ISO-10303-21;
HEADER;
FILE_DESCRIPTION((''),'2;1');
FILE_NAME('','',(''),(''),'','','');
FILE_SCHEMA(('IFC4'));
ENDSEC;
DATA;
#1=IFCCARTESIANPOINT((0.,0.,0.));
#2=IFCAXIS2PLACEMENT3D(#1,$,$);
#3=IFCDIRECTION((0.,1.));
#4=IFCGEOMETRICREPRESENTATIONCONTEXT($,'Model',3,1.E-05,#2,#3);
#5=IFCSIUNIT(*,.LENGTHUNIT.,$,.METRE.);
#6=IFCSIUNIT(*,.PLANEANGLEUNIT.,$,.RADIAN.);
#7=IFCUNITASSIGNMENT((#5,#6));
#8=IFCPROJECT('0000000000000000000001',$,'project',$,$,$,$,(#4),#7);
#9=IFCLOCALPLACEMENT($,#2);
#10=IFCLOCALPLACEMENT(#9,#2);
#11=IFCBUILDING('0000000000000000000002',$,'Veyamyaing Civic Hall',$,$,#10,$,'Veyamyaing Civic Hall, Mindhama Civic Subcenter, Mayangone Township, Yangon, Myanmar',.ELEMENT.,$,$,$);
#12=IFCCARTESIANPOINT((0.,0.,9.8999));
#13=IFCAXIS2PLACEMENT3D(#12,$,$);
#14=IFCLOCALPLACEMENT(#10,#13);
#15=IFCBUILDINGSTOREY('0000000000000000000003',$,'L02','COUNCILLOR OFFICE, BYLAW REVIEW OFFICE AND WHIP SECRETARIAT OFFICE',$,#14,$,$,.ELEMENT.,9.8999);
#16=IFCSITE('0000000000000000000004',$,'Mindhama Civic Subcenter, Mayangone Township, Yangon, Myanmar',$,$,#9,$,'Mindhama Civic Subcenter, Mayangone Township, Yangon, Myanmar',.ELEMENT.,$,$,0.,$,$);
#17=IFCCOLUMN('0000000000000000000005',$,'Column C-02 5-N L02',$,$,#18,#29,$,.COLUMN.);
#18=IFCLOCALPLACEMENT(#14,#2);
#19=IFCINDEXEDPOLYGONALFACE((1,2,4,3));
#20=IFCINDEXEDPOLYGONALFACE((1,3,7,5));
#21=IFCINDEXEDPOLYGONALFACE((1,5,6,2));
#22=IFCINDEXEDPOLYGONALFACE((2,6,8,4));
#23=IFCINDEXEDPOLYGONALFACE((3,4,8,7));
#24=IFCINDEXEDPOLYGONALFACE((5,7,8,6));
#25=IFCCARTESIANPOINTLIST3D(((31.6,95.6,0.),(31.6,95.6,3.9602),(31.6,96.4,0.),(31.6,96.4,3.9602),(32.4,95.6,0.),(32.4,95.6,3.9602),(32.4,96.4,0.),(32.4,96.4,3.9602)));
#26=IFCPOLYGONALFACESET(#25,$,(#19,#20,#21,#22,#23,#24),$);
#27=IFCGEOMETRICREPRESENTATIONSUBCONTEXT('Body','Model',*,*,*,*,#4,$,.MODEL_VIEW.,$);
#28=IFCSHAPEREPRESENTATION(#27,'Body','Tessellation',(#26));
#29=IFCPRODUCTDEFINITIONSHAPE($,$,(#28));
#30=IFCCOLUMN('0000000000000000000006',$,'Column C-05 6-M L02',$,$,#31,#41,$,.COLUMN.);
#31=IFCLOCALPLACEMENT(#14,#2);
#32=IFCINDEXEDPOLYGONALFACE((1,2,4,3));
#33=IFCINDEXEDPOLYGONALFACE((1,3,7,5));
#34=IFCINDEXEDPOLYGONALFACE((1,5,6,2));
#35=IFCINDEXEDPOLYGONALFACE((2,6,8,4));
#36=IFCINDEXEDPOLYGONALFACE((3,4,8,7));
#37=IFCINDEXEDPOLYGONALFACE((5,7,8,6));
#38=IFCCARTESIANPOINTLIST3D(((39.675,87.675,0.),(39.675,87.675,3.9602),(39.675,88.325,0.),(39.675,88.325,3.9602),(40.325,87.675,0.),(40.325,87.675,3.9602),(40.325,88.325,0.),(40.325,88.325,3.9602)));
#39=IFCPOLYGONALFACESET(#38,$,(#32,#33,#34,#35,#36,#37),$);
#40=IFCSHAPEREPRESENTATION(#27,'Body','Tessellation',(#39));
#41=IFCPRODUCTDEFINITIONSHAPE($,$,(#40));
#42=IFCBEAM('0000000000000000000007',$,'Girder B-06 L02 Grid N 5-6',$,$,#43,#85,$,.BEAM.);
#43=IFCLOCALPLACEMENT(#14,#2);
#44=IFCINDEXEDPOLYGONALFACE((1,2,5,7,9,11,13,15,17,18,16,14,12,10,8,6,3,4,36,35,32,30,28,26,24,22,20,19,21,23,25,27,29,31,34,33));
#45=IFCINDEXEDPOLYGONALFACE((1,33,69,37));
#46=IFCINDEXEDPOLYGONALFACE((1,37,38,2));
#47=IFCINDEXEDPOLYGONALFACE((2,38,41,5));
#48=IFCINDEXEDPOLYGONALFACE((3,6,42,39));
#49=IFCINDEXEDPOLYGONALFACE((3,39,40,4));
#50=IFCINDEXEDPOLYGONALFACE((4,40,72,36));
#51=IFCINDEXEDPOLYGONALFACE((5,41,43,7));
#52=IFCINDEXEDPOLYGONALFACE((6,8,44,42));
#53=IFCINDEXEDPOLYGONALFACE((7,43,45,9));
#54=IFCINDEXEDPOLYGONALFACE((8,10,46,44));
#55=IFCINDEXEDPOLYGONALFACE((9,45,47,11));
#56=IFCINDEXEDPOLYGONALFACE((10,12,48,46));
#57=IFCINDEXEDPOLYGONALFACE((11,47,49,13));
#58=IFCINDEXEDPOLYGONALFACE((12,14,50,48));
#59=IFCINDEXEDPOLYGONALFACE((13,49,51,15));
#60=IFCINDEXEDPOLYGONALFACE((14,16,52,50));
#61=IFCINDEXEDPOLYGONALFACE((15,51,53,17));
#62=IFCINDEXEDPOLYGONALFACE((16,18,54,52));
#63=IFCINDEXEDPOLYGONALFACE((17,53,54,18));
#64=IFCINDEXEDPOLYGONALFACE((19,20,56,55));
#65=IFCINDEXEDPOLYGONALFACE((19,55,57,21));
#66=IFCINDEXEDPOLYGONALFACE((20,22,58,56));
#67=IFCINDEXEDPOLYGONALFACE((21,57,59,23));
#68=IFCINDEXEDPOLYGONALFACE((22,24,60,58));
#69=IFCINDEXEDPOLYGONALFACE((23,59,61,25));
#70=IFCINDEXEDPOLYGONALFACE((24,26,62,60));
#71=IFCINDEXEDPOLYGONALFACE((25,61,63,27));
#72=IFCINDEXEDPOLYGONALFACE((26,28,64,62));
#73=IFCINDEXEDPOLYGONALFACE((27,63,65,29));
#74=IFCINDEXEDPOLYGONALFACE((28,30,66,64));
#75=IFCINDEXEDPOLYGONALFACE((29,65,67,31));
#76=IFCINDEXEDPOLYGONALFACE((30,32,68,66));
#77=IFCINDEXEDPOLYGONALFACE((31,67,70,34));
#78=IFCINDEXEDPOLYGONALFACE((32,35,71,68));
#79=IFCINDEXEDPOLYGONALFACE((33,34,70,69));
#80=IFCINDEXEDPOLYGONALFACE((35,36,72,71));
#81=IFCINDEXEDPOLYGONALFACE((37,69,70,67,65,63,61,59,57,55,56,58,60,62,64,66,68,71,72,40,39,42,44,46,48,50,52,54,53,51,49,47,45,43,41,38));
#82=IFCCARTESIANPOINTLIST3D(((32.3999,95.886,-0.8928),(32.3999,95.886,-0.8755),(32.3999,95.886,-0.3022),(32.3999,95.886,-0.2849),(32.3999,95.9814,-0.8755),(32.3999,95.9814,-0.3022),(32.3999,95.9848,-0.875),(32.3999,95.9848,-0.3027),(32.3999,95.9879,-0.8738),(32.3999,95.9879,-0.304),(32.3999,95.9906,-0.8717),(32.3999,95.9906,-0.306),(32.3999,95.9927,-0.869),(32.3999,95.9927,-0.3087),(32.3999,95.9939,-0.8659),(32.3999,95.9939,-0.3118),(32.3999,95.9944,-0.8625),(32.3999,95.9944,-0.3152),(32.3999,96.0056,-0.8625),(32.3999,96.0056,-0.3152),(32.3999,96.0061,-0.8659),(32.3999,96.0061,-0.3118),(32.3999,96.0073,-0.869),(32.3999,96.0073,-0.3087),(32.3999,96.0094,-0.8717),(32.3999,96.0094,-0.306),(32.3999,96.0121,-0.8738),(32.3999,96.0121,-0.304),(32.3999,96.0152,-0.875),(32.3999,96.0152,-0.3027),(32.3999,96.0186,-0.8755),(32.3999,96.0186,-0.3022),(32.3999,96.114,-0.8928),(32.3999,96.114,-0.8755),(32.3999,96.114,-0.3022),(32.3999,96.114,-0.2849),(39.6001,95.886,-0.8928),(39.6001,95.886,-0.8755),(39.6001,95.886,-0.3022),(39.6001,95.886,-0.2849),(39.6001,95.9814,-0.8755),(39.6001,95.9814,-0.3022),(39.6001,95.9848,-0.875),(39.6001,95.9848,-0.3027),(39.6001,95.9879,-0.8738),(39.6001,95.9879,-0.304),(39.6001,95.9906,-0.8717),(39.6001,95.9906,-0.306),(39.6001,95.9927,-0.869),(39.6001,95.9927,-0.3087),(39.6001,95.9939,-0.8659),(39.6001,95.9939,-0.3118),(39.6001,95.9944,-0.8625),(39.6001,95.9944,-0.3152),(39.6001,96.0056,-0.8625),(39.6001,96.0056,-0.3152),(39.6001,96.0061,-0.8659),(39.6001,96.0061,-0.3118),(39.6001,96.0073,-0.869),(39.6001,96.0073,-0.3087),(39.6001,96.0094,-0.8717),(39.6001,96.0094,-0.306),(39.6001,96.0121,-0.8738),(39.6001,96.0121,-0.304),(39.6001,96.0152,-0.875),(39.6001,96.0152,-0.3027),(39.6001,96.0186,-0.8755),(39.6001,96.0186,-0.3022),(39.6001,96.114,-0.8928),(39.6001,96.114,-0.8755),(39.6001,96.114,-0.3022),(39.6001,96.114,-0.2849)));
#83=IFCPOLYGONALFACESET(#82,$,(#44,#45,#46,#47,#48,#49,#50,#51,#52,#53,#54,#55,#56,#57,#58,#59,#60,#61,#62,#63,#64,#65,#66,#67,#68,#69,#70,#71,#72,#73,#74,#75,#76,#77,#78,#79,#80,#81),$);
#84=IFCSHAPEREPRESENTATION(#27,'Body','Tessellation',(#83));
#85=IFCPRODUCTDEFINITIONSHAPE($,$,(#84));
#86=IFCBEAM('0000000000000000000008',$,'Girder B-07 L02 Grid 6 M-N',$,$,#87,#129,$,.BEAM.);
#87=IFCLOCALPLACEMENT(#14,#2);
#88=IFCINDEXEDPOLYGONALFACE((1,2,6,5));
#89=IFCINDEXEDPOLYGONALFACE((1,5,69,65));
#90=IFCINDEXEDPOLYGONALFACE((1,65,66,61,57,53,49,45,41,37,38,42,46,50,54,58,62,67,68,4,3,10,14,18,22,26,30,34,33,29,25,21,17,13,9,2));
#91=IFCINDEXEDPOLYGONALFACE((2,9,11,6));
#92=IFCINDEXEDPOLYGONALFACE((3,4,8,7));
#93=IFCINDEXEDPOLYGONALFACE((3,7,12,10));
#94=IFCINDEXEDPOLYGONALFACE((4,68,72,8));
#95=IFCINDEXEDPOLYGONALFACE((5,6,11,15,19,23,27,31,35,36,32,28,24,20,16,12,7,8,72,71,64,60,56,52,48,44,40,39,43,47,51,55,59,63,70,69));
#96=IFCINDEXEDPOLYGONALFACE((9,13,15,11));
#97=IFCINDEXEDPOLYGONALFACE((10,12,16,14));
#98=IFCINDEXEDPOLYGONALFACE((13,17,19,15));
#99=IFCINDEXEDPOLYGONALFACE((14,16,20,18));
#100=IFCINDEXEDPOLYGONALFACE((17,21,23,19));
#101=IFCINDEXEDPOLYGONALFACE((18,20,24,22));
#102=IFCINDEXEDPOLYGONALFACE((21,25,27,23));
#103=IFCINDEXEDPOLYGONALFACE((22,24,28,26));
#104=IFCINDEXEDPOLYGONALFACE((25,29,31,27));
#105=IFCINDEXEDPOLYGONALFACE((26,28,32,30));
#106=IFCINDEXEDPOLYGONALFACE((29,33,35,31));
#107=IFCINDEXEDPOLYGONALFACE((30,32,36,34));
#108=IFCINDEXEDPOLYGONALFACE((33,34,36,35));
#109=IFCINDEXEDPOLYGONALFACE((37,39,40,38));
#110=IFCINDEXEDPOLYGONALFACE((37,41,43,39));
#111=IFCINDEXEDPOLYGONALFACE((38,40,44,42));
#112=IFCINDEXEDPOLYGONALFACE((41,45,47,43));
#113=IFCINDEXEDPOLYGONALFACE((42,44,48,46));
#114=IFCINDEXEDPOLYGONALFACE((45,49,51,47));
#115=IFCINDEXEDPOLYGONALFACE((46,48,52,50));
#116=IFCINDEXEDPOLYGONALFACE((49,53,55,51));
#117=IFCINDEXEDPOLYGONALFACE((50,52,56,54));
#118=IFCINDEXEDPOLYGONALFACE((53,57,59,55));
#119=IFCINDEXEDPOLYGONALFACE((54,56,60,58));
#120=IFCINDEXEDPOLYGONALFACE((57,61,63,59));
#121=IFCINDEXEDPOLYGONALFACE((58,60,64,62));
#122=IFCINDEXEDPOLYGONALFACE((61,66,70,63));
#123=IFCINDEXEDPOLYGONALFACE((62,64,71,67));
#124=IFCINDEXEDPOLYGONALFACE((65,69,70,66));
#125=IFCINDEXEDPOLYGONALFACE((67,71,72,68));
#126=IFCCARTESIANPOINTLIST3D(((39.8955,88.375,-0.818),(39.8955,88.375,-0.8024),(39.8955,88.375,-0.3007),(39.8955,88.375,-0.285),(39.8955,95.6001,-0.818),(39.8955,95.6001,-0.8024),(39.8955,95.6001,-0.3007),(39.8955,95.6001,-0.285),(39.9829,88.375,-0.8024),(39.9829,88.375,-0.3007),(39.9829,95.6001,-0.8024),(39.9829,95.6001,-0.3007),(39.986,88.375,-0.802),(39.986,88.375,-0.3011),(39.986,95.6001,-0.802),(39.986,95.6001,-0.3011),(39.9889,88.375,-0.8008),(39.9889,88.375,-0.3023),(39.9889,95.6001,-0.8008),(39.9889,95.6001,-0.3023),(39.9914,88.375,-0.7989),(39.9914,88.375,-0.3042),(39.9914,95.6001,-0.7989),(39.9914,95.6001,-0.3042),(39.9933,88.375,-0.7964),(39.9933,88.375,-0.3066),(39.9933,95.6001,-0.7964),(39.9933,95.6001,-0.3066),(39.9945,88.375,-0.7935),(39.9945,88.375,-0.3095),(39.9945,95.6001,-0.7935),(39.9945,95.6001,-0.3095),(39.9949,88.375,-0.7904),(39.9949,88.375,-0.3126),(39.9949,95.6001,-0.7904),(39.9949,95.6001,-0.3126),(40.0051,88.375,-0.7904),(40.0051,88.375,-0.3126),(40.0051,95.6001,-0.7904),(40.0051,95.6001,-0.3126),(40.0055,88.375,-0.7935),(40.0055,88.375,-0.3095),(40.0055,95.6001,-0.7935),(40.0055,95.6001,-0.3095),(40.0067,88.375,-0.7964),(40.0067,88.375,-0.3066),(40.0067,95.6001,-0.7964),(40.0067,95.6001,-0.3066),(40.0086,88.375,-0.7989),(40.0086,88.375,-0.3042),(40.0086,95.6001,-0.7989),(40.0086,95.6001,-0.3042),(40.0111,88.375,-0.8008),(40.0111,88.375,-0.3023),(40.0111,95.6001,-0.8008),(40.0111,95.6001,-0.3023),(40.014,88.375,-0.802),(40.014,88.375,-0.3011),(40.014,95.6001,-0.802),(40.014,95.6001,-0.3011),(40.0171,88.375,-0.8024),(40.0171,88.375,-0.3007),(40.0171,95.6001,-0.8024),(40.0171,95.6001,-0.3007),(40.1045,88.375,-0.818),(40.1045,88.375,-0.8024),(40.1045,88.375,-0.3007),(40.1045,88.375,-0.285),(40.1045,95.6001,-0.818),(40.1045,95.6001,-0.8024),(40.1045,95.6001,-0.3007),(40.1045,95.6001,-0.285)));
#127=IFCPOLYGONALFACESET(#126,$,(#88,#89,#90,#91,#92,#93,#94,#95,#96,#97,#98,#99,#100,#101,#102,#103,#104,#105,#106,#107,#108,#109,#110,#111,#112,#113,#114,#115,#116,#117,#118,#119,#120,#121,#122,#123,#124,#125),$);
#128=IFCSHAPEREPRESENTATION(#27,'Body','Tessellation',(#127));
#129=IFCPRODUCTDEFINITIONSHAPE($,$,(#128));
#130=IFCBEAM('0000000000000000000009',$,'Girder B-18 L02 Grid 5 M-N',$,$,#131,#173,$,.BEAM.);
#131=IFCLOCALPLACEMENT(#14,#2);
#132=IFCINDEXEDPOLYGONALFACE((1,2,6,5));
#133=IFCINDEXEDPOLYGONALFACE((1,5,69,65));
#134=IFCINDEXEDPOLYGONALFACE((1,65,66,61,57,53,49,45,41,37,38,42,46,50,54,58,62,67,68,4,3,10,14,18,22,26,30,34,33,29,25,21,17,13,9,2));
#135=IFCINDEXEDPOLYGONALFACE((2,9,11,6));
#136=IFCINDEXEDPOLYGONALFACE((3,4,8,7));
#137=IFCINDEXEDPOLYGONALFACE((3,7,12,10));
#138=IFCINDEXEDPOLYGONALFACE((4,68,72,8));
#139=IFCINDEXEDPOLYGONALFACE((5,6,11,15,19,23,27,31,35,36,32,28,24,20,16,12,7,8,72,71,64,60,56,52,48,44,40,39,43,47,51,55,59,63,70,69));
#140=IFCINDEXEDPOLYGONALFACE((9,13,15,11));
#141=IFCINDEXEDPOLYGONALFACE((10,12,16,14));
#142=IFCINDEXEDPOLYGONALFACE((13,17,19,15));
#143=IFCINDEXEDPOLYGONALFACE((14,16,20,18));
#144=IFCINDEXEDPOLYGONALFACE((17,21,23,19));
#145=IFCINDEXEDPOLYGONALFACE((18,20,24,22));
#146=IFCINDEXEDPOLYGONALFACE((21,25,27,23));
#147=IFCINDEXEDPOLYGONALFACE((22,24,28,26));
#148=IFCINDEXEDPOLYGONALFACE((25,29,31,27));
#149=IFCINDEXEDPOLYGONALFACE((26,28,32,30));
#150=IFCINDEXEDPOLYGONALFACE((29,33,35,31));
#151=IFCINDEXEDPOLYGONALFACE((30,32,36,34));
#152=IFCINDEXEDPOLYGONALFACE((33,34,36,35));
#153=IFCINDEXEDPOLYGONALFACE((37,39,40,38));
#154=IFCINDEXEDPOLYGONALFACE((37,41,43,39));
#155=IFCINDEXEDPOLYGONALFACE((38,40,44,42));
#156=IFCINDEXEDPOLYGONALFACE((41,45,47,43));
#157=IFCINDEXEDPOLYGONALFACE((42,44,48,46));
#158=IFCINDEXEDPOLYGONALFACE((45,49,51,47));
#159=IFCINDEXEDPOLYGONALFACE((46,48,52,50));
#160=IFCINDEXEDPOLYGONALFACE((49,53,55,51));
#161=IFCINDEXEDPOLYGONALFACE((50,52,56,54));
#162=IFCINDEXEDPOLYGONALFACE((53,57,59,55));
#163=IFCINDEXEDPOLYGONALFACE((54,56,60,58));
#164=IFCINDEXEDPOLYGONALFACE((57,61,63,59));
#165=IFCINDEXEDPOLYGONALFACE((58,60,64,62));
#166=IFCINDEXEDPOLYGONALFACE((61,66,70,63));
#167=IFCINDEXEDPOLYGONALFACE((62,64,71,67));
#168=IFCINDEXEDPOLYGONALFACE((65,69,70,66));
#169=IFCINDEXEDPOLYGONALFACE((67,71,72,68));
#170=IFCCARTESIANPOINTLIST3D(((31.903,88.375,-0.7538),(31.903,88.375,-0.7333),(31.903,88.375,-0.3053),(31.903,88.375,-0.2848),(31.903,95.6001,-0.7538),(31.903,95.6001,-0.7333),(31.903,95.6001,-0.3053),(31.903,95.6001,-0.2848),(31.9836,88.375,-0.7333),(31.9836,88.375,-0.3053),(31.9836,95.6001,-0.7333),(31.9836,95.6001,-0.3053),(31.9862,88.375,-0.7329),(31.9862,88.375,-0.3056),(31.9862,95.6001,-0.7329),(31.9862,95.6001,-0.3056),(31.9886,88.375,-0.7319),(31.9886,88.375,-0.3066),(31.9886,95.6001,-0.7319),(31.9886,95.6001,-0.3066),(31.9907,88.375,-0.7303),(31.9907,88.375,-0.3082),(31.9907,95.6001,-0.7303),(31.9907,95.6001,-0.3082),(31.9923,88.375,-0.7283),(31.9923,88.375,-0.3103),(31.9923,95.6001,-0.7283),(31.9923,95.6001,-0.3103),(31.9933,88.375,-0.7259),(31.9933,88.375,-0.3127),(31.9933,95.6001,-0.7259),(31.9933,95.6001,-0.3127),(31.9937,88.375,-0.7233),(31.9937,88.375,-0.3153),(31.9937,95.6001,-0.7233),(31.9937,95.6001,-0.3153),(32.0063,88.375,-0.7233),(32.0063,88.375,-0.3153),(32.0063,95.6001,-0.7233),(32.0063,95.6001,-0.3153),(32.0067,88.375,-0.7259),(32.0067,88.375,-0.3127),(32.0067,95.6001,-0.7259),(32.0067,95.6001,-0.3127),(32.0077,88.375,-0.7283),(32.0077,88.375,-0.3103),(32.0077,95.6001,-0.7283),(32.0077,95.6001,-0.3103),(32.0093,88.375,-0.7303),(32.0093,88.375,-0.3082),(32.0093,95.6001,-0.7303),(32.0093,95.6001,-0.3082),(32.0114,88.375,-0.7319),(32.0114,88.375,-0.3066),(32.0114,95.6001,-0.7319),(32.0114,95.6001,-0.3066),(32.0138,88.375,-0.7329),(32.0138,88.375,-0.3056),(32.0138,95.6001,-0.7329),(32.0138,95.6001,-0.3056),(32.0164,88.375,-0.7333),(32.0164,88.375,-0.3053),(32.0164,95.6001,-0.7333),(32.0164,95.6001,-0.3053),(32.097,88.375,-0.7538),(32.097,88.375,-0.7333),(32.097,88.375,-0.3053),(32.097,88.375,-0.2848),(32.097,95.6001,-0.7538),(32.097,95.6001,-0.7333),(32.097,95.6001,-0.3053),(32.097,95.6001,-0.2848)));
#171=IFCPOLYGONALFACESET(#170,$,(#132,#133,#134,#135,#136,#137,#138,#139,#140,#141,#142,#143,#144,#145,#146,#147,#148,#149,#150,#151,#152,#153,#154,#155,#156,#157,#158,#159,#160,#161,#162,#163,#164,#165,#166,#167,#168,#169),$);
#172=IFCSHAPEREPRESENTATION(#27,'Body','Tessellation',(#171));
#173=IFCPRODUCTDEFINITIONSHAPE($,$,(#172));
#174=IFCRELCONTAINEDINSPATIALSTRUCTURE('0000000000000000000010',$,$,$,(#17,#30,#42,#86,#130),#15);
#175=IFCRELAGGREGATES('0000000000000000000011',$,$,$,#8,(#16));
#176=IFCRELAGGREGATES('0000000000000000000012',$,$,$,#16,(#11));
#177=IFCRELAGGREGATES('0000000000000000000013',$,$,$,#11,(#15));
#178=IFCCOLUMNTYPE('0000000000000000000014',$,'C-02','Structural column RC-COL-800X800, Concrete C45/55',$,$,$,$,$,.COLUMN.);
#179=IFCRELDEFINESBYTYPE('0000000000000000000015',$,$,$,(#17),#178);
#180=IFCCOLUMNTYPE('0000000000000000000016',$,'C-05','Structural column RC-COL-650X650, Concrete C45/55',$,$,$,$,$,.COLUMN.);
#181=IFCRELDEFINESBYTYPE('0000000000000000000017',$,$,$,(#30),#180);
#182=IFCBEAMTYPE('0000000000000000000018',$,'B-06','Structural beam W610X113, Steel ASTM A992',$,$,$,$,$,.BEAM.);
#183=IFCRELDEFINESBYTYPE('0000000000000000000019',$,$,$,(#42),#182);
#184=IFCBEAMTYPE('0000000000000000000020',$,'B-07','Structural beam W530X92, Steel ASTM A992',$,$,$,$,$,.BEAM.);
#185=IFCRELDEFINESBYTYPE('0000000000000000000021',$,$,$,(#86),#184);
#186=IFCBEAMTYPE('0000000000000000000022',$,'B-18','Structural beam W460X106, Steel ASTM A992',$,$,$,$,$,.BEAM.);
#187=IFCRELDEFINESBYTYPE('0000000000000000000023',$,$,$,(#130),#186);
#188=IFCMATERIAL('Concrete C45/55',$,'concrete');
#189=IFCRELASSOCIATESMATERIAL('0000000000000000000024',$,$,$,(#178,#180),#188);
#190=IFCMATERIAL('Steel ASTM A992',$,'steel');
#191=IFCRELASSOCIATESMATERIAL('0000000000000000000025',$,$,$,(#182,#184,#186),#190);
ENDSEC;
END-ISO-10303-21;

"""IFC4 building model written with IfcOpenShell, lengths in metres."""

from ifc_helpers import new_model, si_unit, direction, frame, origin, origin_2d, place, context, subcontext, project, spatial, rectangle, i_section, extrude, material, material_profile, profile_set, type_object, element, save


model = new_model("IFC4")

# Units and contexts
model_context = context("Model", 3, precision=1e-05, world=origin(), true_north=direction((0.0, 1.0)))
body_context = subcontext(model_context, "Body", "Model", "MODEL_VIEW")
ifc_project = project(units=[si_unit("LENGTHUNIT", "METRE"), si_unit("PLANEANGLEUNIT", "RADIAN")], contexts=[model_context])

# Site, building, storey
site_placement = place(None, origin())
site = spatial("IfcSite", under=ifc_project, at=site_placement, Name="Mindhama Civic Subcenter, Mayangone Township, Yangon, Myanmar", LongName="Mindhama Civic Subcenter, Mayangone Township, Yangon, Myanmar", CompositionType="ELEMENT", RefElevation=0.0)
building_placement = place(site_placement, origin())
building = spatial("IfcBuilding", under=site, at=building_placement, Name="Veyamyaing Civic Hall", LongName="Veyamyaing Civic Hall, Mindhama Civic Subcenter, Mayangone Township, Yangon, Myanmar", CompositionType="ELEMENT")
storey_placement = place(building_placement, frame((0.0, 0.0, 9.8999)))
storey = spatial("IfcBuildingStorey", under=building, at=storey_placement, Name="L02", Description="COUNCILLOR OFFICE, BYLAW REVIEW OFFICE AND WHIP SECRETARIAT OFFICE", CompositionType="ELEMENT", Elevation=9.8999)

# Columns
ifc_material_1 = material(Name="Concrete C45/55", Category="concrete")
ifc_material_profile_1 = material_profile(ifc_material_1, rectangle(XDim=0.8, YDim=0.8, at=origin_2d()), Name="RC-COL-800X800")
ifc_profile_set_1 = profile_set([ifc_material_profile_1], Name="Concrete C45/55")
column_type_1 = type_object("IfcColumnType", Name="C-02", Description="Structural column RC-COL-800X800, Concrete C45/55", PredefinedType="COLUMN", material=ifc_profile_set_1)
column_1_placement = place(storey_placement, frame((32.0, 96.0, 0.0), z_axis=(0.0, 0.0, 1.0), x_axis=(1.0, 0.0, 0.0)))
element("IfcColumn", 1, at=column_1_placement, inside=storey, type_object=column_type_1, Name="Column C-02 5-N L02", PredefinedType="COLUMN", context=body_context, shape_type="SweptSolid", body=[
    extrude(rectangle(XDim=0.8, YDim=0.8, at=origin_2d()), origin(), (0.0, 0.0, 1.0), 3.9602),
])
ifc_material_profile_2 = material_profile(ifc_material_1, rectangle(XDim=0.6499, YDim=0.6499, at=origin_2d()), Name="RC-COL-650X650")
ifc_profile_set_2 = profile_set([ifc_material_profile_2], Name="Concrete C45/55")
column_type_2 = type_object("IfcColumnType", Name="C-05", Description="Structural column RC-COL-650X650, Concrete C45/55", PredefinedType="COLUMN", material=ifc_profile_set_2)
column_2_placement = place(storey_placement, frame((40.0, 88.0, 0.0), z_axis=(0.0, 0.0, 1.0), x_axis=(1.0, 0.0, 0.0)))
element("IfcColumn", 2, at=column_2_placement, inside=storey, type_object=column_type_2, Name="Column C-05 6-M L02", PredefinedType="COLUMN", context=body_context, shape_type="SweptSolid", body=[
    extrude(rectangle(XDim=0.6499, YDim=0.6499, at=origin_2d()), origin(), (0.0, 0.0, 1.0), 3.9602),
])

# Beams
ifc_material_2 = material(Name="Steel ASTM A992", Category="steel")
ifc_material_profile_3 = material_profile(ifc_material_2, i_section(OverallWidth=0.228, OverallDepth=0.6079, WebThickness=0.0112, FlangeThickness=0.0173, FilletRadius=0.0129, at=origin_2d()), Name="W610X113")
ifc_profile_set_3 = profile_set([ifc_material_profile_3], Name="Steel ASTM A992")
beam_type_1 = type_object("IfcBeamType", Name="B-06", Description="Structural beam W610X113, Steel ASTM A992", PredefinedType="BEAM", material=ifc_profile_set_3)
beam_1_placement = place(storey_placement, frame((32.3999, 96.0, -0.5889), z_axis=(1.0, 0.0, 0.0), x_axis=(0.0, 1.0, 0.0)))
element("IfcBeam", 3, at=beam_1_placement, inside=storey, type_object=beam_type_1, Name="Girder B-06 L02 Grid N 5-6", PredefinedType="BEAM", context=body_context, shape_type="SweptSolid", body=[
    extrude(i_section(OverallWidth=0.228, OverallDepth=0.6079, WebThickness=0.0112, FlangeThickness=0.0173, FilletRadius=0.0129, at=origin_2d()), origin(), (0.0, 0.0, 1.0), 7.2002),
])
ifc_material_profile_4 = material_profile(ifc_material_2, i_section(OverallWidth=0.209, OverallDepth=0.533, WebThickness=0.0103, FlangeThickness=0.0156, FilletRadius=0.012, at=origin_2d()), Name="W530X92")
ifc_profile_set_4 = profile_set([ifc_material_profile_4], Name="Steel ASTM A992")
beam_type_2 = type_object("IfcBeamType", Name="B-07", Description="Structural beam W530X92, Steel ASTM A992", PredefinedType="BEAM", material=ifc_profile_set_4)
beam_2_placement = place(storey_placement, frame((40.0, 88.375, -0.5515), z_axis=(0.0, 1.0, 0.0), x_axis=(-1.0, 0.0, 0.0)))
element("IfcBeam", 4, at=beam_2_placement, inside=storey, type_object=beam_type_2, Name="Girder B-07 L02 Grid 6 M-N", PredefinedType="BEAM", context=body_context, shape_type="SweptSolid", body=[
    extrude(i_section(OverallWidth=0.209, OverallDepth=0.533, WebThickness=0.0103, FlangeThickness=0.0156, FilletRadius=0.012, at=origin_2d()), origin(), (0.0, 0.0, 1.0), 7.2251),
])
ifc_material_profile_5 = material_profile(ifc_material_2, i_section(OverallWidth=0.1941, OverallDepth=0.469, WebThickness=0.0127, FlangeThickness=0.0205, FilletRadius=0.01, at=origin_2d()), Name="W460X106")
ifc_profile_set_5 = profile_set([ifc_material_profile_5], Name="Steel ASTM A992")
beam_type_3 = type_object("IfcBeamType", Name="B-18", Description="Structural beam W460X106, Steel ASTM A992", PredefinedType="BEAM", material=ifc_profile_set_5)
beam_3_placement = place(storey_placement, frame((32.0, 88.375, -0.5193), z_axis=(0.0, 1.0, 0.0), x_axis=(-1.0, 0.0, 0.0)))
element("IfcBeam", 5, at=beam_3_placement, inside=storey, type_object=beam_type_3, Name="Girder B-18 L02 Grid 5 M-N", PredefinedType="BEAM", context=body_context, shape_type="SweptSolid", body=[
    extrude(i_section(OverallWidth=0.1941, OverallDepth=0.469, WebThickness=0.0127, FlangeThickness=0.0205, FilletRadius=0.01, at=origin_2d()), origin(), (0.0, 0.0, 1.0), 7.2251),
])

save(model, "model.ifc")
